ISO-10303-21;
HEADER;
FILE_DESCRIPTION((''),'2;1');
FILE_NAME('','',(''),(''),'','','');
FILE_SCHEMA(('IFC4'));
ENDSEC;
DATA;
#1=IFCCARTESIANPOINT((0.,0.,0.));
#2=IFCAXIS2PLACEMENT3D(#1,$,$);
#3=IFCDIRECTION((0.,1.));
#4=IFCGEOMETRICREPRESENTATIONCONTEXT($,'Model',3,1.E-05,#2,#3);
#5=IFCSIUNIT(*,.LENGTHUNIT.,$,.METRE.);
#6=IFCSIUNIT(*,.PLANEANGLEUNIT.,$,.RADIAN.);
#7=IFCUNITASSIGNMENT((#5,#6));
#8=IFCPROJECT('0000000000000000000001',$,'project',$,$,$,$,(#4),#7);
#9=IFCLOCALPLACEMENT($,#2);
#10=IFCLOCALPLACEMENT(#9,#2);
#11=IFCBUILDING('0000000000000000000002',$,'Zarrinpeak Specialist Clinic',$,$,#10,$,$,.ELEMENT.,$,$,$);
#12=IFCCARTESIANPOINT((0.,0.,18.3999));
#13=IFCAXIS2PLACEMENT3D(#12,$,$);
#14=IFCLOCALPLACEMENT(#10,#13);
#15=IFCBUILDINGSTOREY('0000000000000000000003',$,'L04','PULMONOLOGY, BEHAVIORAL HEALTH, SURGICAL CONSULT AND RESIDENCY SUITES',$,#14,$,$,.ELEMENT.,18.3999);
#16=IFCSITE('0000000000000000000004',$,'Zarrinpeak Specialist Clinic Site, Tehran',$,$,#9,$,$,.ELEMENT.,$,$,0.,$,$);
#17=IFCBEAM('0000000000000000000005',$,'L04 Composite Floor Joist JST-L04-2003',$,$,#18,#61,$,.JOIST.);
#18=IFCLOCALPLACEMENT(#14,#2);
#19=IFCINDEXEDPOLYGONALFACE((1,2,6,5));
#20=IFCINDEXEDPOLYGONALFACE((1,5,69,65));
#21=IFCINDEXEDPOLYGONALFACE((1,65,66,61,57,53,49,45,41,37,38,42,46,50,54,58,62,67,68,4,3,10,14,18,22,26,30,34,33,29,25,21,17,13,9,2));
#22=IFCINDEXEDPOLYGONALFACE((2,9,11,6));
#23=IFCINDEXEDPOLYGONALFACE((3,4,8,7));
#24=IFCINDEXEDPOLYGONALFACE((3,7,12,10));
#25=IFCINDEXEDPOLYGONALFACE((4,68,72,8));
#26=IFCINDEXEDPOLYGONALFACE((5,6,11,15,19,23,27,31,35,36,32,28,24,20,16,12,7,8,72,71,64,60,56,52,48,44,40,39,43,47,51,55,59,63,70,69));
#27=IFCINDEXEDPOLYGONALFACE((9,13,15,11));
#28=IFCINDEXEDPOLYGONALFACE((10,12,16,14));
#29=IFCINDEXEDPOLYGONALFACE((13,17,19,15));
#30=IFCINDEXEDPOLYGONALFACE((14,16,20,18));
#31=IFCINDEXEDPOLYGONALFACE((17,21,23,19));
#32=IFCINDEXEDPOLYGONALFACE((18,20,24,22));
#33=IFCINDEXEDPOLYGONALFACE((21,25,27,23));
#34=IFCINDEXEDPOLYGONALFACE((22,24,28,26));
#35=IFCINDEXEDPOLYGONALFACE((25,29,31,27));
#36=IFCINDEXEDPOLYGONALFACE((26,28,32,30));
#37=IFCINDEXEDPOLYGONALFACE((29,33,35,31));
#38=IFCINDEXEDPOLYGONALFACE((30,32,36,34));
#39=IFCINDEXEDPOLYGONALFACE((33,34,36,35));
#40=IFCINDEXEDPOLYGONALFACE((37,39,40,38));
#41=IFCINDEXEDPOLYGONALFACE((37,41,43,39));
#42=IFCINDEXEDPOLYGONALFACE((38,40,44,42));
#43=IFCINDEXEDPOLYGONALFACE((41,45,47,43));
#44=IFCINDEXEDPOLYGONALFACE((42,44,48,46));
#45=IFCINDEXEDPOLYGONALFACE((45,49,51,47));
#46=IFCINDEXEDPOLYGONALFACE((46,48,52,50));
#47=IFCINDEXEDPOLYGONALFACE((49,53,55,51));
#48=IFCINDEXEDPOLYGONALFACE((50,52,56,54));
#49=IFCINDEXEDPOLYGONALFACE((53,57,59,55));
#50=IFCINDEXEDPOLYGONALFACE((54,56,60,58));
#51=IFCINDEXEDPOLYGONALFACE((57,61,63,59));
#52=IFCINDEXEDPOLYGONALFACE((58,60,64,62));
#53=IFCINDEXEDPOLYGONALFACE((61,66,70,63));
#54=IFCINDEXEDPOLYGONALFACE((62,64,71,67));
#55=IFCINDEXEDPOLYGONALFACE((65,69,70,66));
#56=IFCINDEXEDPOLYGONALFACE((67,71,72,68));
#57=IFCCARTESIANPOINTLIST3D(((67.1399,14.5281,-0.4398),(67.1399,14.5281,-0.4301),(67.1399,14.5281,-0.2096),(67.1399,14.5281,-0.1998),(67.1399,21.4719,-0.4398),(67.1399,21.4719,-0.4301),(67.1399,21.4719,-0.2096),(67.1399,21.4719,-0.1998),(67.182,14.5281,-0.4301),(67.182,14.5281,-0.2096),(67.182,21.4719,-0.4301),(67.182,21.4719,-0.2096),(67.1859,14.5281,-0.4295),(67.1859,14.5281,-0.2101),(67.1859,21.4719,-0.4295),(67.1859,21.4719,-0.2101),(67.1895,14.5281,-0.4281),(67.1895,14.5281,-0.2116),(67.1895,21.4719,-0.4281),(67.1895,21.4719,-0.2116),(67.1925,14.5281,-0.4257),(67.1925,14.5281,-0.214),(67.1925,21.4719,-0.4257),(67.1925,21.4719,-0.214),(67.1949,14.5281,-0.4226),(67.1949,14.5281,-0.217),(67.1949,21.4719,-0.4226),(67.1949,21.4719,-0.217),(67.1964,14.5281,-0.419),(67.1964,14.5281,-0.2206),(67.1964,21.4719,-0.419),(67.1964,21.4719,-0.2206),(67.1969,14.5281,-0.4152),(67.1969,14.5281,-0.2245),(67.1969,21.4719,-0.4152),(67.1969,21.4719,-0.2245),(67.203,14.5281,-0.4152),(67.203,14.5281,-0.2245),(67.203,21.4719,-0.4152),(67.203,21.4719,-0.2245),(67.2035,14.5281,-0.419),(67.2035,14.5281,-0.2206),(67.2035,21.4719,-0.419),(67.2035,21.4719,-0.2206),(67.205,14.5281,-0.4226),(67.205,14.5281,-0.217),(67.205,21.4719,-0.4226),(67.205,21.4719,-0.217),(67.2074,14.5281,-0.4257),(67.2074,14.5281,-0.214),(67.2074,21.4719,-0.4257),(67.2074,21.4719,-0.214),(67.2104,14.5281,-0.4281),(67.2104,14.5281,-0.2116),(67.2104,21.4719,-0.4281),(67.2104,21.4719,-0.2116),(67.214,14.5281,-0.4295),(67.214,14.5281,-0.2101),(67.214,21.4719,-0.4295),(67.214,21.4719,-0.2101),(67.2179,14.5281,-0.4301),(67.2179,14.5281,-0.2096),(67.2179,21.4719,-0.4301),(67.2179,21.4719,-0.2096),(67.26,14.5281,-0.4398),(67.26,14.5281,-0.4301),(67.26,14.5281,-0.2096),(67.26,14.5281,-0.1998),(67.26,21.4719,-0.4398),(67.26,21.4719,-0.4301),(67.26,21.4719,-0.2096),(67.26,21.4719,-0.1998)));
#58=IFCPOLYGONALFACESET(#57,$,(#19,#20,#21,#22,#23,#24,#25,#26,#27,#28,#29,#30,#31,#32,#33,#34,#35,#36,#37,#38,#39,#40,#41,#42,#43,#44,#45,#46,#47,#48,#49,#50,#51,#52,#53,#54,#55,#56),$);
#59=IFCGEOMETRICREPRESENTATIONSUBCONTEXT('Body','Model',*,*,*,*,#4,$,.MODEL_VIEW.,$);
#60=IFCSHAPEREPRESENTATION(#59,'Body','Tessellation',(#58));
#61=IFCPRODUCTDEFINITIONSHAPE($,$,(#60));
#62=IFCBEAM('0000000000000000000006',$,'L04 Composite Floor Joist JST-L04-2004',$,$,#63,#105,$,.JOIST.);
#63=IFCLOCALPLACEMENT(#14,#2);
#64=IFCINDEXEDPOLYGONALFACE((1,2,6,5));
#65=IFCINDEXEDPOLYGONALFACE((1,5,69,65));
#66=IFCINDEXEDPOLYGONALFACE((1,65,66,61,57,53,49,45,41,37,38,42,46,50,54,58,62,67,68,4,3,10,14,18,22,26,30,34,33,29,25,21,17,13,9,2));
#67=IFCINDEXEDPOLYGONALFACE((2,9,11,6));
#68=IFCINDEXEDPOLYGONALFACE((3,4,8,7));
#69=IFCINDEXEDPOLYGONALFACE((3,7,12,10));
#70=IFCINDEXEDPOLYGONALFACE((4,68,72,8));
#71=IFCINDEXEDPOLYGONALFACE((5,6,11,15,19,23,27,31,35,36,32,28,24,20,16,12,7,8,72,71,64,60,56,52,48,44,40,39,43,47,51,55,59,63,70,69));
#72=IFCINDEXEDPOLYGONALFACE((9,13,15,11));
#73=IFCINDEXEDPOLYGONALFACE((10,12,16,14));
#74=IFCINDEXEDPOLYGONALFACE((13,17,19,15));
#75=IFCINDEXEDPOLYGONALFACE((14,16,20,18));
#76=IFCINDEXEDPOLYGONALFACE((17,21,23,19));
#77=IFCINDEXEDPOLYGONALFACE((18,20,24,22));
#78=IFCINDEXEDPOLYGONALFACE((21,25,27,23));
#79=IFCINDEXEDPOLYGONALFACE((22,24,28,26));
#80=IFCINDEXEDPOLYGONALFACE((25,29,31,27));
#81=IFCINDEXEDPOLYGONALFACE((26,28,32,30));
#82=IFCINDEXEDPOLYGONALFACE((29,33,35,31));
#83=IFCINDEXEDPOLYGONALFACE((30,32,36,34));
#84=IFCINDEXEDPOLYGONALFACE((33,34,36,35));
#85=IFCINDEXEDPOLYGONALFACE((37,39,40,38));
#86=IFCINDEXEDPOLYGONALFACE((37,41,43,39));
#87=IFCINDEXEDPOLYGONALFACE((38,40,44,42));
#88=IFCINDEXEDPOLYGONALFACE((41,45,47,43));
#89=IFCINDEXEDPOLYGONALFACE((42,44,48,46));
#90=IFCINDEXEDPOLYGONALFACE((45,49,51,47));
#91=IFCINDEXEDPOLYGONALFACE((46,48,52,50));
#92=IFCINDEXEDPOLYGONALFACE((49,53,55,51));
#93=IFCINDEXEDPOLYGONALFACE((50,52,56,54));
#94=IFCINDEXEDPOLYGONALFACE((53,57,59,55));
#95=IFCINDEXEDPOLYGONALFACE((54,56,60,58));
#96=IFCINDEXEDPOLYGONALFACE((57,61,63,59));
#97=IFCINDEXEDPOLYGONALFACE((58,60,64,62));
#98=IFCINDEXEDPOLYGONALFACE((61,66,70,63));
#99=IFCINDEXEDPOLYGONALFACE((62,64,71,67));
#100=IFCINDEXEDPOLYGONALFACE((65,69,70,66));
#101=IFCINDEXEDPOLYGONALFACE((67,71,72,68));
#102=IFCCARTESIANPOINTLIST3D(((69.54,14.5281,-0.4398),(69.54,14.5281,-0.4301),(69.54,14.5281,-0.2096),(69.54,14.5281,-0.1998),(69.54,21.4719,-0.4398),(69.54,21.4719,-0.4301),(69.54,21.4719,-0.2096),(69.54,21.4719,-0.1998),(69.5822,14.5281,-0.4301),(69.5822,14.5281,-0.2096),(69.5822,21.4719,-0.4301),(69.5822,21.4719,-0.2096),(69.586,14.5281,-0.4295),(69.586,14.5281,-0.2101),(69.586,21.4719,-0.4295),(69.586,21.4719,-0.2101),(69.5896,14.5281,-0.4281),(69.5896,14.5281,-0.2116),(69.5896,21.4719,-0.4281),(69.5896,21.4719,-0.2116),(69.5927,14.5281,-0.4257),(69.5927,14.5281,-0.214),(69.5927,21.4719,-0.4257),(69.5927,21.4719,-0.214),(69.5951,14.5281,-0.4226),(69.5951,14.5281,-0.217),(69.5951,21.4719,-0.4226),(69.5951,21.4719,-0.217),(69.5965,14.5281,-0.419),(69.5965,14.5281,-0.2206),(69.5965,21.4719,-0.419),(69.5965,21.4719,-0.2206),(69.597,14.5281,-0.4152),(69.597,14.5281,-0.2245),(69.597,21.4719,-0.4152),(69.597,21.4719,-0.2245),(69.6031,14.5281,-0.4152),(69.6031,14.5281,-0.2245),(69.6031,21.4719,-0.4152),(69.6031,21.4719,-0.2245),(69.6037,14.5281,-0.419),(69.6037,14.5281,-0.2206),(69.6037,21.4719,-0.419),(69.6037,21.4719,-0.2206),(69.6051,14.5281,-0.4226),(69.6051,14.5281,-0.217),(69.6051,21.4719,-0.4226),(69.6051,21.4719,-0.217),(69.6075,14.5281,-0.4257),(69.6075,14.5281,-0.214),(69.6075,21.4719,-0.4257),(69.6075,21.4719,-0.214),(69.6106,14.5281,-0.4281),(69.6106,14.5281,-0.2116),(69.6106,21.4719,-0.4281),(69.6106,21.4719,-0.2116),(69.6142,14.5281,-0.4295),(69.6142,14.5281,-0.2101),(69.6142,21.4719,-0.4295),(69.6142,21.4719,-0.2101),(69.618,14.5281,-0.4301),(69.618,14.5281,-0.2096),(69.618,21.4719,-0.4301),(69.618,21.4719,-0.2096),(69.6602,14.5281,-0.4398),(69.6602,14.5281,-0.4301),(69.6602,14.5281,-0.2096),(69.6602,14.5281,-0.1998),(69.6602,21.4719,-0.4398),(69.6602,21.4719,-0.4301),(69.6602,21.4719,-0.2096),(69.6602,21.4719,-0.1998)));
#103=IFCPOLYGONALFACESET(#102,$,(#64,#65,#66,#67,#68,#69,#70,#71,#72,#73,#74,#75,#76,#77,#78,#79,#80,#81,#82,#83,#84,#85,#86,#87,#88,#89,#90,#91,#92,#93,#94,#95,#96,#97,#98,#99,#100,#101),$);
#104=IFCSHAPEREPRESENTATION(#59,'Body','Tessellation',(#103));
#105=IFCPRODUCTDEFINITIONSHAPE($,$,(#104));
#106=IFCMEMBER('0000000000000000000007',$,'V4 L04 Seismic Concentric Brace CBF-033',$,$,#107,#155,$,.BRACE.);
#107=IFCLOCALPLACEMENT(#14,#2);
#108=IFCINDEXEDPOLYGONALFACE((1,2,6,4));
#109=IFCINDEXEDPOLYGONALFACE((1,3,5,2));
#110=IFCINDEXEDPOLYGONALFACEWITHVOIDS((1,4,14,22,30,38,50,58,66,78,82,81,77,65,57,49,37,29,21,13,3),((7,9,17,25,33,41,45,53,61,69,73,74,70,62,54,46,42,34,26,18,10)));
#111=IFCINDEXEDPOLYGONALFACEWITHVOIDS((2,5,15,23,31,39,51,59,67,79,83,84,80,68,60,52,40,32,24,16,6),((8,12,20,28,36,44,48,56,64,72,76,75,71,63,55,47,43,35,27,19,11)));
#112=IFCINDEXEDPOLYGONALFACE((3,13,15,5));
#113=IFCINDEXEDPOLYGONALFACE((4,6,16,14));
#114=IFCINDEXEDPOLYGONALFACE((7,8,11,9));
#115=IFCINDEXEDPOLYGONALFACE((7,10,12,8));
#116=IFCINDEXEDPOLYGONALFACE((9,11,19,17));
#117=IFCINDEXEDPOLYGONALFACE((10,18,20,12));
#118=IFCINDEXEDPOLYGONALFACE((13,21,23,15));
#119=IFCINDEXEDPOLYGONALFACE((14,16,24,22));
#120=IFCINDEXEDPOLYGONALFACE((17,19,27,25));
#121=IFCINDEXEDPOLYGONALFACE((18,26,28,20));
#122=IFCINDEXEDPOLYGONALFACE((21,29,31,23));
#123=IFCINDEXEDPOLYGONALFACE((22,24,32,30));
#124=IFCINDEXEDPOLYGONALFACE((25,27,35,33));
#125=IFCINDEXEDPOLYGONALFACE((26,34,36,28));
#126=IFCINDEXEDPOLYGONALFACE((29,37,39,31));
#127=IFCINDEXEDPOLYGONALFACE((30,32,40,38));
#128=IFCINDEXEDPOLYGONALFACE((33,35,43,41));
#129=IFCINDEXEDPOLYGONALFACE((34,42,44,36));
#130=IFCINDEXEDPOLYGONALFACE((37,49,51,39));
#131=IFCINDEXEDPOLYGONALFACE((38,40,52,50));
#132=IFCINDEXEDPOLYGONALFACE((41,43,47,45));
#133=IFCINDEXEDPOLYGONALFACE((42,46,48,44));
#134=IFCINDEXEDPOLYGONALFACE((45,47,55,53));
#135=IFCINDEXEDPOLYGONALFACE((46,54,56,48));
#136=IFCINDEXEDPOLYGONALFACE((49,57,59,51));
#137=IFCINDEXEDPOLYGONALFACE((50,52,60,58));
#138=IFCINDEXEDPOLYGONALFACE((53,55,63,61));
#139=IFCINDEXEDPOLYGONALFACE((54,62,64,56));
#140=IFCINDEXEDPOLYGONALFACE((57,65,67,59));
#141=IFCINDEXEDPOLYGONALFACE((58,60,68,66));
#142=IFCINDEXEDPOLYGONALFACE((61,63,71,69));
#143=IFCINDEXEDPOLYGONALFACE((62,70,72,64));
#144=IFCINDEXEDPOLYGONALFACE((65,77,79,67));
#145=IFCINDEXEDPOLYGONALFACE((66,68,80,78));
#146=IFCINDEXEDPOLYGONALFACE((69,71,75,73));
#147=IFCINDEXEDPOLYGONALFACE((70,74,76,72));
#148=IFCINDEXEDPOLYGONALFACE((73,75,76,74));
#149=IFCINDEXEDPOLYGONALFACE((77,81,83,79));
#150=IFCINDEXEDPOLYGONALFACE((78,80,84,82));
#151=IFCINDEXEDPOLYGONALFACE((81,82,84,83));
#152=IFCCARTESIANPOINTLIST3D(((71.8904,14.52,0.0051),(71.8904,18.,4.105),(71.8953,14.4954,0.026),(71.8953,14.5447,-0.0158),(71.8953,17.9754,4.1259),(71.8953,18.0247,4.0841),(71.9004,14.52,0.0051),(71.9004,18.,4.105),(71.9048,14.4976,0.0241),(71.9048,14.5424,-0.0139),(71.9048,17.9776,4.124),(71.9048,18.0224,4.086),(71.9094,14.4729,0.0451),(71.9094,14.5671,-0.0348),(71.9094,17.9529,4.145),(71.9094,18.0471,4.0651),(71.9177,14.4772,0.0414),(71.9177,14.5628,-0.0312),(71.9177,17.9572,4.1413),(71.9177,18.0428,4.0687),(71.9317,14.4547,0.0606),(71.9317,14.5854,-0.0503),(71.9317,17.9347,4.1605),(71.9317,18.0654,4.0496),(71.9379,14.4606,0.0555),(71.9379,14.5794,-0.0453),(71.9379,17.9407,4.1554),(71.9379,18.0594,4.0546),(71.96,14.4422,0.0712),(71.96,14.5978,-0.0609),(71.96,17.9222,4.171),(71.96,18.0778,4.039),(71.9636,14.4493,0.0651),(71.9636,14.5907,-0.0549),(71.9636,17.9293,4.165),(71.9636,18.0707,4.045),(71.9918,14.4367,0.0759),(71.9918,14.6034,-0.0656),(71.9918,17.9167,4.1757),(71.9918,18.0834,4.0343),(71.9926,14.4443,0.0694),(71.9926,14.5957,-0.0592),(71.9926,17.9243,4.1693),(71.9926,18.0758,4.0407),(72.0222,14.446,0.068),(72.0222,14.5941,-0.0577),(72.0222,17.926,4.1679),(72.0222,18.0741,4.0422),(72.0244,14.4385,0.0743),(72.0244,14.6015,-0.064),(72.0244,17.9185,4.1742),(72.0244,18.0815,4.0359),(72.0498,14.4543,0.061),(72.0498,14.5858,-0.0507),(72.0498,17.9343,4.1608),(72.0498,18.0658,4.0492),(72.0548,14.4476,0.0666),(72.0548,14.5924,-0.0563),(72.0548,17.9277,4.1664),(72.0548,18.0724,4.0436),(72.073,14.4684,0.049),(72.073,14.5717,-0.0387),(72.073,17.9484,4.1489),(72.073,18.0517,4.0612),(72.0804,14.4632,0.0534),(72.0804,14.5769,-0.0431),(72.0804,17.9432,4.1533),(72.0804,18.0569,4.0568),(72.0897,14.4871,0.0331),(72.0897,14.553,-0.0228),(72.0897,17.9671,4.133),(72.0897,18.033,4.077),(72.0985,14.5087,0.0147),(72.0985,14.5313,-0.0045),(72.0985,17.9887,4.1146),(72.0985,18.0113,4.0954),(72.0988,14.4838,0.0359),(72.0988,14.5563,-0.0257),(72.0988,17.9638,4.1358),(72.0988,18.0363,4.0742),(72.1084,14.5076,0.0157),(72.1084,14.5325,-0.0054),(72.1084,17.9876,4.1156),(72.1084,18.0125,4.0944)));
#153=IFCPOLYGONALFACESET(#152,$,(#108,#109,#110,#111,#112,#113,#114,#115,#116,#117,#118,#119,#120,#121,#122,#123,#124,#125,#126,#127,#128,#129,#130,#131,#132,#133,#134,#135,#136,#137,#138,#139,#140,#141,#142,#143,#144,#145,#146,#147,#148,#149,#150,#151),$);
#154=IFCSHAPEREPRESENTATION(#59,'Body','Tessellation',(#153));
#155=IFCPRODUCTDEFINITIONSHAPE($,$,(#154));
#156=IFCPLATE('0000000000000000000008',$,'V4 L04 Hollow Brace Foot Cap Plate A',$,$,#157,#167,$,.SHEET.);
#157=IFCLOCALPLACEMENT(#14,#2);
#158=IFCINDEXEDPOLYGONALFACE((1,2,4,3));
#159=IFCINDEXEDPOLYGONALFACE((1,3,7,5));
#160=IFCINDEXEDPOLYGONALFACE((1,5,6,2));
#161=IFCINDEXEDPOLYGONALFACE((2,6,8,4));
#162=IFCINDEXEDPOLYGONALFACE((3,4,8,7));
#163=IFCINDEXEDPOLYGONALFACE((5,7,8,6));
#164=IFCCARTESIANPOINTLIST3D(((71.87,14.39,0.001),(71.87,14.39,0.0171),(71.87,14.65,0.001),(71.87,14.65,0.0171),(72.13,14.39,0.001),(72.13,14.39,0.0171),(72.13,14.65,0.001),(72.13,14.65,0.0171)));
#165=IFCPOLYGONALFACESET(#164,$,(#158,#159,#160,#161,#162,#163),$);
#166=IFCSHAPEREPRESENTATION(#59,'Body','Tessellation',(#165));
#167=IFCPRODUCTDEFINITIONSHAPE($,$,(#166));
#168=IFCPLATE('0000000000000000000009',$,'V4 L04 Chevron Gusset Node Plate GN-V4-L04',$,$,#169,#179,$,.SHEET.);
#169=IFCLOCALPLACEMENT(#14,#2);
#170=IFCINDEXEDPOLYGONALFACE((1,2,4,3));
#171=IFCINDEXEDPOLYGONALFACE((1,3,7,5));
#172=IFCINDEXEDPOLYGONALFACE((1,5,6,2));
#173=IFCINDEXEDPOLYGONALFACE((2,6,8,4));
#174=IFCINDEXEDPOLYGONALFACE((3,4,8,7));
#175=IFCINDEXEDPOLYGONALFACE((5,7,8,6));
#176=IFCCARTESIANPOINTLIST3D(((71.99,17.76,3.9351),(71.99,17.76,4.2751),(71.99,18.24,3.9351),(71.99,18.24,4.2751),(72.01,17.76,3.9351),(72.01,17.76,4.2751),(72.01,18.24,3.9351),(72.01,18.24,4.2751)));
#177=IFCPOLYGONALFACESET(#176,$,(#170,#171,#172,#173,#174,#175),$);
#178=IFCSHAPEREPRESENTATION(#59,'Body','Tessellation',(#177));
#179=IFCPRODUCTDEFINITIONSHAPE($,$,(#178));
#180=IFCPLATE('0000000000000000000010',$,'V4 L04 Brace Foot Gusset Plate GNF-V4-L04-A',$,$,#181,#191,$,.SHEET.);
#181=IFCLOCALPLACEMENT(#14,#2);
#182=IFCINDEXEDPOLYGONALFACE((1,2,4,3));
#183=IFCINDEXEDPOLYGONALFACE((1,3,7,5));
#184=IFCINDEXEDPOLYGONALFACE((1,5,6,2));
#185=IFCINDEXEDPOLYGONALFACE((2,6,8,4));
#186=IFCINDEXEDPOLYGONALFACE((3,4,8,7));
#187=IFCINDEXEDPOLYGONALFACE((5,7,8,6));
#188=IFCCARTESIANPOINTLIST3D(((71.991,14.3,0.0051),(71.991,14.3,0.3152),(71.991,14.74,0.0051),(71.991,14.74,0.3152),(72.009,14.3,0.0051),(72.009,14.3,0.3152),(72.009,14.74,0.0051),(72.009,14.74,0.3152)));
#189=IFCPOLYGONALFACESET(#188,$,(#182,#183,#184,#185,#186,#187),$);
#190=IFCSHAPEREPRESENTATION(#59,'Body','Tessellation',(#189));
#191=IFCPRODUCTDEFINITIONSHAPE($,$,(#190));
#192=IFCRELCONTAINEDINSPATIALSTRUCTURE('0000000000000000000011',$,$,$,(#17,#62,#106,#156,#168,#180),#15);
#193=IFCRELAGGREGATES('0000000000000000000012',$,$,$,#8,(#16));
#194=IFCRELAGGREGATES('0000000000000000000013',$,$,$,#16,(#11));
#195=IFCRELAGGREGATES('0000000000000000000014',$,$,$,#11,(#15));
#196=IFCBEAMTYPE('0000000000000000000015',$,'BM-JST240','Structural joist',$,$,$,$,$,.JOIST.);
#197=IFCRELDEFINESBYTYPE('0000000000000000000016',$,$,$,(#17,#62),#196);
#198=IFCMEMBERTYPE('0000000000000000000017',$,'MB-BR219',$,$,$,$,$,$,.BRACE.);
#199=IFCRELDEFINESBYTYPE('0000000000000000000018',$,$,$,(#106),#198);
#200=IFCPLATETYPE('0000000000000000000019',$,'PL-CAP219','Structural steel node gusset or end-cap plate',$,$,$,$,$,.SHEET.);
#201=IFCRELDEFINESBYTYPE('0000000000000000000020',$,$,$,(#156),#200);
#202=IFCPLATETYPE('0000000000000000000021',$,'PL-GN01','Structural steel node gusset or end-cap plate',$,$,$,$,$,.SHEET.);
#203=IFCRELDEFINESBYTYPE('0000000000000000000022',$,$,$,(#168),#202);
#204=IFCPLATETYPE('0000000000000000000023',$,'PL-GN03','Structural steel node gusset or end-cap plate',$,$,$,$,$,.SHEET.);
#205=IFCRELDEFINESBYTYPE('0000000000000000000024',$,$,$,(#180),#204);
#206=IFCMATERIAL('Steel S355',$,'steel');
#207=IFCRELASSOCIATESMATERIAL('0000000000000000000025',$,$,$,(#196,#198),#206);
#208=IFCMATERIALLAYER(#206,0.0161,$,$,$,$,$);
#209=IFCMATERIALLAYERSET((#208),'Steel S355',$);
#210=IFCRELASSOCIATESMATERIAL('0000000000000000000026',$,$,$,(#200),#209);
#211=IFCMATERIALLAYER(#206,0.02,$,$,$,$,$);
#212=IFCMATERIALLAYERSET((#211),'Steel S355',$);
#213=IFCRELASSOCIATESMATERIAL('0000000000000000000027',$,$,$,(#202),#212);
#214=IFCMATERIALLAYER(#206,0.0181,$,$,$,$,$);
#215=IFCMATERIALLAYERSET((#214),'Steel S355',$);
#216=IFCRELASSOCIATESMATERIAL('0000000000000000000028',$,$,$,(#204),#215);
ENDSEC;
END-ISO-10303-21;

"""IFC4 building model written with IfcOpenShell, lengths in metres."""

from ifc_helpers import new_model, si_unit, direction, frame, origin, origin_2d, place, context, subcontext, project, spatial, rectangle, hollow_circle, i_section, extrude, material, layer, layer_set, material_profile, profile_set, type_object, element, save


model = new_model("IFC4")

# Units and contexts
model_context = context("Model", 3, precision=1e-05, world=origin(), true_north=direction((0.0, 1.0)))
body_context = subcontext(model_context, "Body", "Model", "MODEL_VIEW")
ifc_project = project(units=[si_unit("LENGTHUNIT", "METRE"), si_unit("PLANEANGLEUNIT", "RADIAN")], contexts=[model_context])

# Site, building, storey
site_placement = place(None, origin())
site = spatial("IfcSite", under=ifc_project, at=site_placement, Name="Zarrinpeak Specialist Clinic Site, Tehran", CompositionType="ELEMENT", RefElevation=0.0)
building_placement = place(site_placement, origin())
building = spatial("IfcBuilding", under=site, at=building_placement, Name="Zarrinpeak Specialist Clinic", CompositionType="ELEMENT")
storey_placement = place(building_placement, frame((0.0, 0.0, 18.3999)))
storey = spatial("IfcBuildingStorey", under=building, at=storey_placement, Name="L04", Description="PULMONOLOGY, BEHAVIORAL HEALTH, SURGICAL CONSULT AND RESIDENCY SUITES", CompositionType="ELEMENT", Elevation=18.3999)

# Shared definitions
ifc_material_1 = material(Name="Steel S355", Category="steel")

# Beams
ifc_material_profile_1 = material_profile(ifc_material_1, i_section(OverallWidth=0.1201, OverallDepth=0.24, WebThickness=0.0061, FlangeThickness=0.0098, FilletRadius=0.0149, at=origin_2d()), Name="IPE 240")
ifc_profile_set_1 = profile_set([ifc_material_profile_1], Name="Steel S355")
beam_type_1 = type_object("IfcBeamType", Name="BM-JST240", Description="Structural joist", PredefinedType="JOIST", material=ifc_profile_set_1)
for number, where, z_axis, x_axis, name in (
    (1, (67.2, 14.5281, -0.3198), (0.0, 1.0, 0.0), (-1.0, 0.0, 0.0), "L04 Composite Floor Joist JST-L04-2003"),
    (2, (69.6001, 14.5281, -0.3198), (0.0, 1.0, 0.0), (-1.0, 0.0, 0.0), "L04 Composite Floor Joist JST-L04-2004"),
):
    element("IfcBeam", number, at=place(storey_placement, frame(where, z_axis=z_axis, x_axis=x_axis)), inside=storey, type_object=beam_type_1, Name=name, PredefinedType="JOIST", context=body_context, shape_type="SweptSolid", body=[
        extrude(i_section(OverallWidth=0.1201, OverallDepth=0.24, WebThickness=0.0061, FlangeThickness=0.0098, FilletRadius=0.0149, at=origin_2d()), origin(), (0.0, 0.0, 1.0), 6.9438),
    ])

# Member
ifc_material_profile_2 = material_profile(ifc_material_1, hollow_circle(Radius=0.1096, WallThickness=0.01, at=origin_2d()), Name="CHS 219.1x10.0")
ifc_profile_set_2 = profile_set([ifc_material_profile_2], Name="Steel S355")
member_type = type_object("IfcMemberType", Name="MB-BR219", PredefinedType="BRACE", material=ifc_profile_set_2)
member_placement = place(storey_placement, frame((72.0, 14.52, 0.0051), z_axis=(0.0, 0.64712, 0.762388), x_axis=(-1.0, 0.0, 0.0)))
element("IfcMember", 3, at=member_placement, inside=storey, type_object=member_type, Name="V4 L04 Seismic Concentric Brace CBF-033", PredefinedType="BRACE", context=body_context, shape_type="SweptSolid", body=[
    extrude(hollow_circle(Radius=0.1096, WallThickness=0.01, at=origin_2d()), origin(), (0.0, 0.0, 1.0), 5.3777),
])

# Plates
ifc_layer_1 = layer(ifc_material_1, 0.0161)
ifc_layer_set_1 = layer_set([ifc_layer_1], Name="Steel S355")
plate_type_1 = type_object("IfcPlateType", Name="PL-CAP219", Description="Structural steel node gusset or end-cap plate", PredefinedType="SHEET", material=ifc_layer_set_1)
plate_1_placement = place(storey_placement, frame((72.0, 14.52, 0.001), z_axis=(0.0, 0.0, 1.0), x_axis=(1.0, 0.0, 0.0)))
element("IfcPlate", 4, at=plate_1_placement, inside=storey, type_object=plate_type_1, Name="V4 L04 Hollow Brace Foot Cap Plate A", PredefinedType="SHEET", context=body_context, shape_type="SweptSolid", body=[
    extrude(rectangle(XDim=0.26, YDim=0.26, at=origin_2d()), origin(), (0.0, 0.0, 1.0), 0.0161),
])
ifc_layer_2 = layer(ifc_material_1, 0.02)
ifc_layer_set_2 = layer_set([ifc_layer_2], Name="Steel S355")
plate_type_2 = type_object("IfcPlateType", Name="PL-GN01", Description="Structural steel node gusset or end-cap plate", PredefinedType="SHEET", material=ifc_layer_set_2)
plate_2_placement = place(storey_placement, frame((72.0, 18.0, 3.9351), z_axis=(0.0, 0.0, 1.0), x_axis=(1.0, 0.0, 0.0)))
element("IfcPlate", 5, at=plate_2_placement, inside=storey, type_object=plate_type_2, Name="V4 L04 Chevron Gusset Node Plate GN-V4-L04", PredefinedType="SHEET", context=body_context, shape_type="SweptSolid", body=[
    extrude(rectangle(XDim=0.02, YDim=0.48, at=origin_2d()), origin(), (0.0, 0.0, 1.0), 0.3401),
])
ifc_layer_3 = layer(ifc_material_1, 0.0181)
ifc_layer_set_3 = layer_set([ifc_layer_3], Name="Steel S355")
plate_type_3 = type_object("IfcPlateType", Name="PL-GN03", Description="Structural steel node gusset or end-cap plate", PredefinedType="SHEET", material=ifc_layer_set_3)
plate_3_placement = place(storey_placement, frame((72.0, 14.52, 0.0051), z_axis=(0.0, 0.0, 1.0), x_axis=(1.0, 0.0, 0.0)))
element("IfcPlate", 6, at=plate_3_placement, inside=storey, type_object=plate_type_3, Name="V4 L04 Brace Foot Gusset Plate GNF-V4-L04-A", PredefinedType="SHEET", context=body_context, shape_type="SweptSolid", body=[
    extrude(rectangle(XDim=0.0181, YDim=0.4399, at=origin_2d()), origin(), (0.0, 0.0, 1.0), 0.3101),
])

save(model, "model.ifc")
